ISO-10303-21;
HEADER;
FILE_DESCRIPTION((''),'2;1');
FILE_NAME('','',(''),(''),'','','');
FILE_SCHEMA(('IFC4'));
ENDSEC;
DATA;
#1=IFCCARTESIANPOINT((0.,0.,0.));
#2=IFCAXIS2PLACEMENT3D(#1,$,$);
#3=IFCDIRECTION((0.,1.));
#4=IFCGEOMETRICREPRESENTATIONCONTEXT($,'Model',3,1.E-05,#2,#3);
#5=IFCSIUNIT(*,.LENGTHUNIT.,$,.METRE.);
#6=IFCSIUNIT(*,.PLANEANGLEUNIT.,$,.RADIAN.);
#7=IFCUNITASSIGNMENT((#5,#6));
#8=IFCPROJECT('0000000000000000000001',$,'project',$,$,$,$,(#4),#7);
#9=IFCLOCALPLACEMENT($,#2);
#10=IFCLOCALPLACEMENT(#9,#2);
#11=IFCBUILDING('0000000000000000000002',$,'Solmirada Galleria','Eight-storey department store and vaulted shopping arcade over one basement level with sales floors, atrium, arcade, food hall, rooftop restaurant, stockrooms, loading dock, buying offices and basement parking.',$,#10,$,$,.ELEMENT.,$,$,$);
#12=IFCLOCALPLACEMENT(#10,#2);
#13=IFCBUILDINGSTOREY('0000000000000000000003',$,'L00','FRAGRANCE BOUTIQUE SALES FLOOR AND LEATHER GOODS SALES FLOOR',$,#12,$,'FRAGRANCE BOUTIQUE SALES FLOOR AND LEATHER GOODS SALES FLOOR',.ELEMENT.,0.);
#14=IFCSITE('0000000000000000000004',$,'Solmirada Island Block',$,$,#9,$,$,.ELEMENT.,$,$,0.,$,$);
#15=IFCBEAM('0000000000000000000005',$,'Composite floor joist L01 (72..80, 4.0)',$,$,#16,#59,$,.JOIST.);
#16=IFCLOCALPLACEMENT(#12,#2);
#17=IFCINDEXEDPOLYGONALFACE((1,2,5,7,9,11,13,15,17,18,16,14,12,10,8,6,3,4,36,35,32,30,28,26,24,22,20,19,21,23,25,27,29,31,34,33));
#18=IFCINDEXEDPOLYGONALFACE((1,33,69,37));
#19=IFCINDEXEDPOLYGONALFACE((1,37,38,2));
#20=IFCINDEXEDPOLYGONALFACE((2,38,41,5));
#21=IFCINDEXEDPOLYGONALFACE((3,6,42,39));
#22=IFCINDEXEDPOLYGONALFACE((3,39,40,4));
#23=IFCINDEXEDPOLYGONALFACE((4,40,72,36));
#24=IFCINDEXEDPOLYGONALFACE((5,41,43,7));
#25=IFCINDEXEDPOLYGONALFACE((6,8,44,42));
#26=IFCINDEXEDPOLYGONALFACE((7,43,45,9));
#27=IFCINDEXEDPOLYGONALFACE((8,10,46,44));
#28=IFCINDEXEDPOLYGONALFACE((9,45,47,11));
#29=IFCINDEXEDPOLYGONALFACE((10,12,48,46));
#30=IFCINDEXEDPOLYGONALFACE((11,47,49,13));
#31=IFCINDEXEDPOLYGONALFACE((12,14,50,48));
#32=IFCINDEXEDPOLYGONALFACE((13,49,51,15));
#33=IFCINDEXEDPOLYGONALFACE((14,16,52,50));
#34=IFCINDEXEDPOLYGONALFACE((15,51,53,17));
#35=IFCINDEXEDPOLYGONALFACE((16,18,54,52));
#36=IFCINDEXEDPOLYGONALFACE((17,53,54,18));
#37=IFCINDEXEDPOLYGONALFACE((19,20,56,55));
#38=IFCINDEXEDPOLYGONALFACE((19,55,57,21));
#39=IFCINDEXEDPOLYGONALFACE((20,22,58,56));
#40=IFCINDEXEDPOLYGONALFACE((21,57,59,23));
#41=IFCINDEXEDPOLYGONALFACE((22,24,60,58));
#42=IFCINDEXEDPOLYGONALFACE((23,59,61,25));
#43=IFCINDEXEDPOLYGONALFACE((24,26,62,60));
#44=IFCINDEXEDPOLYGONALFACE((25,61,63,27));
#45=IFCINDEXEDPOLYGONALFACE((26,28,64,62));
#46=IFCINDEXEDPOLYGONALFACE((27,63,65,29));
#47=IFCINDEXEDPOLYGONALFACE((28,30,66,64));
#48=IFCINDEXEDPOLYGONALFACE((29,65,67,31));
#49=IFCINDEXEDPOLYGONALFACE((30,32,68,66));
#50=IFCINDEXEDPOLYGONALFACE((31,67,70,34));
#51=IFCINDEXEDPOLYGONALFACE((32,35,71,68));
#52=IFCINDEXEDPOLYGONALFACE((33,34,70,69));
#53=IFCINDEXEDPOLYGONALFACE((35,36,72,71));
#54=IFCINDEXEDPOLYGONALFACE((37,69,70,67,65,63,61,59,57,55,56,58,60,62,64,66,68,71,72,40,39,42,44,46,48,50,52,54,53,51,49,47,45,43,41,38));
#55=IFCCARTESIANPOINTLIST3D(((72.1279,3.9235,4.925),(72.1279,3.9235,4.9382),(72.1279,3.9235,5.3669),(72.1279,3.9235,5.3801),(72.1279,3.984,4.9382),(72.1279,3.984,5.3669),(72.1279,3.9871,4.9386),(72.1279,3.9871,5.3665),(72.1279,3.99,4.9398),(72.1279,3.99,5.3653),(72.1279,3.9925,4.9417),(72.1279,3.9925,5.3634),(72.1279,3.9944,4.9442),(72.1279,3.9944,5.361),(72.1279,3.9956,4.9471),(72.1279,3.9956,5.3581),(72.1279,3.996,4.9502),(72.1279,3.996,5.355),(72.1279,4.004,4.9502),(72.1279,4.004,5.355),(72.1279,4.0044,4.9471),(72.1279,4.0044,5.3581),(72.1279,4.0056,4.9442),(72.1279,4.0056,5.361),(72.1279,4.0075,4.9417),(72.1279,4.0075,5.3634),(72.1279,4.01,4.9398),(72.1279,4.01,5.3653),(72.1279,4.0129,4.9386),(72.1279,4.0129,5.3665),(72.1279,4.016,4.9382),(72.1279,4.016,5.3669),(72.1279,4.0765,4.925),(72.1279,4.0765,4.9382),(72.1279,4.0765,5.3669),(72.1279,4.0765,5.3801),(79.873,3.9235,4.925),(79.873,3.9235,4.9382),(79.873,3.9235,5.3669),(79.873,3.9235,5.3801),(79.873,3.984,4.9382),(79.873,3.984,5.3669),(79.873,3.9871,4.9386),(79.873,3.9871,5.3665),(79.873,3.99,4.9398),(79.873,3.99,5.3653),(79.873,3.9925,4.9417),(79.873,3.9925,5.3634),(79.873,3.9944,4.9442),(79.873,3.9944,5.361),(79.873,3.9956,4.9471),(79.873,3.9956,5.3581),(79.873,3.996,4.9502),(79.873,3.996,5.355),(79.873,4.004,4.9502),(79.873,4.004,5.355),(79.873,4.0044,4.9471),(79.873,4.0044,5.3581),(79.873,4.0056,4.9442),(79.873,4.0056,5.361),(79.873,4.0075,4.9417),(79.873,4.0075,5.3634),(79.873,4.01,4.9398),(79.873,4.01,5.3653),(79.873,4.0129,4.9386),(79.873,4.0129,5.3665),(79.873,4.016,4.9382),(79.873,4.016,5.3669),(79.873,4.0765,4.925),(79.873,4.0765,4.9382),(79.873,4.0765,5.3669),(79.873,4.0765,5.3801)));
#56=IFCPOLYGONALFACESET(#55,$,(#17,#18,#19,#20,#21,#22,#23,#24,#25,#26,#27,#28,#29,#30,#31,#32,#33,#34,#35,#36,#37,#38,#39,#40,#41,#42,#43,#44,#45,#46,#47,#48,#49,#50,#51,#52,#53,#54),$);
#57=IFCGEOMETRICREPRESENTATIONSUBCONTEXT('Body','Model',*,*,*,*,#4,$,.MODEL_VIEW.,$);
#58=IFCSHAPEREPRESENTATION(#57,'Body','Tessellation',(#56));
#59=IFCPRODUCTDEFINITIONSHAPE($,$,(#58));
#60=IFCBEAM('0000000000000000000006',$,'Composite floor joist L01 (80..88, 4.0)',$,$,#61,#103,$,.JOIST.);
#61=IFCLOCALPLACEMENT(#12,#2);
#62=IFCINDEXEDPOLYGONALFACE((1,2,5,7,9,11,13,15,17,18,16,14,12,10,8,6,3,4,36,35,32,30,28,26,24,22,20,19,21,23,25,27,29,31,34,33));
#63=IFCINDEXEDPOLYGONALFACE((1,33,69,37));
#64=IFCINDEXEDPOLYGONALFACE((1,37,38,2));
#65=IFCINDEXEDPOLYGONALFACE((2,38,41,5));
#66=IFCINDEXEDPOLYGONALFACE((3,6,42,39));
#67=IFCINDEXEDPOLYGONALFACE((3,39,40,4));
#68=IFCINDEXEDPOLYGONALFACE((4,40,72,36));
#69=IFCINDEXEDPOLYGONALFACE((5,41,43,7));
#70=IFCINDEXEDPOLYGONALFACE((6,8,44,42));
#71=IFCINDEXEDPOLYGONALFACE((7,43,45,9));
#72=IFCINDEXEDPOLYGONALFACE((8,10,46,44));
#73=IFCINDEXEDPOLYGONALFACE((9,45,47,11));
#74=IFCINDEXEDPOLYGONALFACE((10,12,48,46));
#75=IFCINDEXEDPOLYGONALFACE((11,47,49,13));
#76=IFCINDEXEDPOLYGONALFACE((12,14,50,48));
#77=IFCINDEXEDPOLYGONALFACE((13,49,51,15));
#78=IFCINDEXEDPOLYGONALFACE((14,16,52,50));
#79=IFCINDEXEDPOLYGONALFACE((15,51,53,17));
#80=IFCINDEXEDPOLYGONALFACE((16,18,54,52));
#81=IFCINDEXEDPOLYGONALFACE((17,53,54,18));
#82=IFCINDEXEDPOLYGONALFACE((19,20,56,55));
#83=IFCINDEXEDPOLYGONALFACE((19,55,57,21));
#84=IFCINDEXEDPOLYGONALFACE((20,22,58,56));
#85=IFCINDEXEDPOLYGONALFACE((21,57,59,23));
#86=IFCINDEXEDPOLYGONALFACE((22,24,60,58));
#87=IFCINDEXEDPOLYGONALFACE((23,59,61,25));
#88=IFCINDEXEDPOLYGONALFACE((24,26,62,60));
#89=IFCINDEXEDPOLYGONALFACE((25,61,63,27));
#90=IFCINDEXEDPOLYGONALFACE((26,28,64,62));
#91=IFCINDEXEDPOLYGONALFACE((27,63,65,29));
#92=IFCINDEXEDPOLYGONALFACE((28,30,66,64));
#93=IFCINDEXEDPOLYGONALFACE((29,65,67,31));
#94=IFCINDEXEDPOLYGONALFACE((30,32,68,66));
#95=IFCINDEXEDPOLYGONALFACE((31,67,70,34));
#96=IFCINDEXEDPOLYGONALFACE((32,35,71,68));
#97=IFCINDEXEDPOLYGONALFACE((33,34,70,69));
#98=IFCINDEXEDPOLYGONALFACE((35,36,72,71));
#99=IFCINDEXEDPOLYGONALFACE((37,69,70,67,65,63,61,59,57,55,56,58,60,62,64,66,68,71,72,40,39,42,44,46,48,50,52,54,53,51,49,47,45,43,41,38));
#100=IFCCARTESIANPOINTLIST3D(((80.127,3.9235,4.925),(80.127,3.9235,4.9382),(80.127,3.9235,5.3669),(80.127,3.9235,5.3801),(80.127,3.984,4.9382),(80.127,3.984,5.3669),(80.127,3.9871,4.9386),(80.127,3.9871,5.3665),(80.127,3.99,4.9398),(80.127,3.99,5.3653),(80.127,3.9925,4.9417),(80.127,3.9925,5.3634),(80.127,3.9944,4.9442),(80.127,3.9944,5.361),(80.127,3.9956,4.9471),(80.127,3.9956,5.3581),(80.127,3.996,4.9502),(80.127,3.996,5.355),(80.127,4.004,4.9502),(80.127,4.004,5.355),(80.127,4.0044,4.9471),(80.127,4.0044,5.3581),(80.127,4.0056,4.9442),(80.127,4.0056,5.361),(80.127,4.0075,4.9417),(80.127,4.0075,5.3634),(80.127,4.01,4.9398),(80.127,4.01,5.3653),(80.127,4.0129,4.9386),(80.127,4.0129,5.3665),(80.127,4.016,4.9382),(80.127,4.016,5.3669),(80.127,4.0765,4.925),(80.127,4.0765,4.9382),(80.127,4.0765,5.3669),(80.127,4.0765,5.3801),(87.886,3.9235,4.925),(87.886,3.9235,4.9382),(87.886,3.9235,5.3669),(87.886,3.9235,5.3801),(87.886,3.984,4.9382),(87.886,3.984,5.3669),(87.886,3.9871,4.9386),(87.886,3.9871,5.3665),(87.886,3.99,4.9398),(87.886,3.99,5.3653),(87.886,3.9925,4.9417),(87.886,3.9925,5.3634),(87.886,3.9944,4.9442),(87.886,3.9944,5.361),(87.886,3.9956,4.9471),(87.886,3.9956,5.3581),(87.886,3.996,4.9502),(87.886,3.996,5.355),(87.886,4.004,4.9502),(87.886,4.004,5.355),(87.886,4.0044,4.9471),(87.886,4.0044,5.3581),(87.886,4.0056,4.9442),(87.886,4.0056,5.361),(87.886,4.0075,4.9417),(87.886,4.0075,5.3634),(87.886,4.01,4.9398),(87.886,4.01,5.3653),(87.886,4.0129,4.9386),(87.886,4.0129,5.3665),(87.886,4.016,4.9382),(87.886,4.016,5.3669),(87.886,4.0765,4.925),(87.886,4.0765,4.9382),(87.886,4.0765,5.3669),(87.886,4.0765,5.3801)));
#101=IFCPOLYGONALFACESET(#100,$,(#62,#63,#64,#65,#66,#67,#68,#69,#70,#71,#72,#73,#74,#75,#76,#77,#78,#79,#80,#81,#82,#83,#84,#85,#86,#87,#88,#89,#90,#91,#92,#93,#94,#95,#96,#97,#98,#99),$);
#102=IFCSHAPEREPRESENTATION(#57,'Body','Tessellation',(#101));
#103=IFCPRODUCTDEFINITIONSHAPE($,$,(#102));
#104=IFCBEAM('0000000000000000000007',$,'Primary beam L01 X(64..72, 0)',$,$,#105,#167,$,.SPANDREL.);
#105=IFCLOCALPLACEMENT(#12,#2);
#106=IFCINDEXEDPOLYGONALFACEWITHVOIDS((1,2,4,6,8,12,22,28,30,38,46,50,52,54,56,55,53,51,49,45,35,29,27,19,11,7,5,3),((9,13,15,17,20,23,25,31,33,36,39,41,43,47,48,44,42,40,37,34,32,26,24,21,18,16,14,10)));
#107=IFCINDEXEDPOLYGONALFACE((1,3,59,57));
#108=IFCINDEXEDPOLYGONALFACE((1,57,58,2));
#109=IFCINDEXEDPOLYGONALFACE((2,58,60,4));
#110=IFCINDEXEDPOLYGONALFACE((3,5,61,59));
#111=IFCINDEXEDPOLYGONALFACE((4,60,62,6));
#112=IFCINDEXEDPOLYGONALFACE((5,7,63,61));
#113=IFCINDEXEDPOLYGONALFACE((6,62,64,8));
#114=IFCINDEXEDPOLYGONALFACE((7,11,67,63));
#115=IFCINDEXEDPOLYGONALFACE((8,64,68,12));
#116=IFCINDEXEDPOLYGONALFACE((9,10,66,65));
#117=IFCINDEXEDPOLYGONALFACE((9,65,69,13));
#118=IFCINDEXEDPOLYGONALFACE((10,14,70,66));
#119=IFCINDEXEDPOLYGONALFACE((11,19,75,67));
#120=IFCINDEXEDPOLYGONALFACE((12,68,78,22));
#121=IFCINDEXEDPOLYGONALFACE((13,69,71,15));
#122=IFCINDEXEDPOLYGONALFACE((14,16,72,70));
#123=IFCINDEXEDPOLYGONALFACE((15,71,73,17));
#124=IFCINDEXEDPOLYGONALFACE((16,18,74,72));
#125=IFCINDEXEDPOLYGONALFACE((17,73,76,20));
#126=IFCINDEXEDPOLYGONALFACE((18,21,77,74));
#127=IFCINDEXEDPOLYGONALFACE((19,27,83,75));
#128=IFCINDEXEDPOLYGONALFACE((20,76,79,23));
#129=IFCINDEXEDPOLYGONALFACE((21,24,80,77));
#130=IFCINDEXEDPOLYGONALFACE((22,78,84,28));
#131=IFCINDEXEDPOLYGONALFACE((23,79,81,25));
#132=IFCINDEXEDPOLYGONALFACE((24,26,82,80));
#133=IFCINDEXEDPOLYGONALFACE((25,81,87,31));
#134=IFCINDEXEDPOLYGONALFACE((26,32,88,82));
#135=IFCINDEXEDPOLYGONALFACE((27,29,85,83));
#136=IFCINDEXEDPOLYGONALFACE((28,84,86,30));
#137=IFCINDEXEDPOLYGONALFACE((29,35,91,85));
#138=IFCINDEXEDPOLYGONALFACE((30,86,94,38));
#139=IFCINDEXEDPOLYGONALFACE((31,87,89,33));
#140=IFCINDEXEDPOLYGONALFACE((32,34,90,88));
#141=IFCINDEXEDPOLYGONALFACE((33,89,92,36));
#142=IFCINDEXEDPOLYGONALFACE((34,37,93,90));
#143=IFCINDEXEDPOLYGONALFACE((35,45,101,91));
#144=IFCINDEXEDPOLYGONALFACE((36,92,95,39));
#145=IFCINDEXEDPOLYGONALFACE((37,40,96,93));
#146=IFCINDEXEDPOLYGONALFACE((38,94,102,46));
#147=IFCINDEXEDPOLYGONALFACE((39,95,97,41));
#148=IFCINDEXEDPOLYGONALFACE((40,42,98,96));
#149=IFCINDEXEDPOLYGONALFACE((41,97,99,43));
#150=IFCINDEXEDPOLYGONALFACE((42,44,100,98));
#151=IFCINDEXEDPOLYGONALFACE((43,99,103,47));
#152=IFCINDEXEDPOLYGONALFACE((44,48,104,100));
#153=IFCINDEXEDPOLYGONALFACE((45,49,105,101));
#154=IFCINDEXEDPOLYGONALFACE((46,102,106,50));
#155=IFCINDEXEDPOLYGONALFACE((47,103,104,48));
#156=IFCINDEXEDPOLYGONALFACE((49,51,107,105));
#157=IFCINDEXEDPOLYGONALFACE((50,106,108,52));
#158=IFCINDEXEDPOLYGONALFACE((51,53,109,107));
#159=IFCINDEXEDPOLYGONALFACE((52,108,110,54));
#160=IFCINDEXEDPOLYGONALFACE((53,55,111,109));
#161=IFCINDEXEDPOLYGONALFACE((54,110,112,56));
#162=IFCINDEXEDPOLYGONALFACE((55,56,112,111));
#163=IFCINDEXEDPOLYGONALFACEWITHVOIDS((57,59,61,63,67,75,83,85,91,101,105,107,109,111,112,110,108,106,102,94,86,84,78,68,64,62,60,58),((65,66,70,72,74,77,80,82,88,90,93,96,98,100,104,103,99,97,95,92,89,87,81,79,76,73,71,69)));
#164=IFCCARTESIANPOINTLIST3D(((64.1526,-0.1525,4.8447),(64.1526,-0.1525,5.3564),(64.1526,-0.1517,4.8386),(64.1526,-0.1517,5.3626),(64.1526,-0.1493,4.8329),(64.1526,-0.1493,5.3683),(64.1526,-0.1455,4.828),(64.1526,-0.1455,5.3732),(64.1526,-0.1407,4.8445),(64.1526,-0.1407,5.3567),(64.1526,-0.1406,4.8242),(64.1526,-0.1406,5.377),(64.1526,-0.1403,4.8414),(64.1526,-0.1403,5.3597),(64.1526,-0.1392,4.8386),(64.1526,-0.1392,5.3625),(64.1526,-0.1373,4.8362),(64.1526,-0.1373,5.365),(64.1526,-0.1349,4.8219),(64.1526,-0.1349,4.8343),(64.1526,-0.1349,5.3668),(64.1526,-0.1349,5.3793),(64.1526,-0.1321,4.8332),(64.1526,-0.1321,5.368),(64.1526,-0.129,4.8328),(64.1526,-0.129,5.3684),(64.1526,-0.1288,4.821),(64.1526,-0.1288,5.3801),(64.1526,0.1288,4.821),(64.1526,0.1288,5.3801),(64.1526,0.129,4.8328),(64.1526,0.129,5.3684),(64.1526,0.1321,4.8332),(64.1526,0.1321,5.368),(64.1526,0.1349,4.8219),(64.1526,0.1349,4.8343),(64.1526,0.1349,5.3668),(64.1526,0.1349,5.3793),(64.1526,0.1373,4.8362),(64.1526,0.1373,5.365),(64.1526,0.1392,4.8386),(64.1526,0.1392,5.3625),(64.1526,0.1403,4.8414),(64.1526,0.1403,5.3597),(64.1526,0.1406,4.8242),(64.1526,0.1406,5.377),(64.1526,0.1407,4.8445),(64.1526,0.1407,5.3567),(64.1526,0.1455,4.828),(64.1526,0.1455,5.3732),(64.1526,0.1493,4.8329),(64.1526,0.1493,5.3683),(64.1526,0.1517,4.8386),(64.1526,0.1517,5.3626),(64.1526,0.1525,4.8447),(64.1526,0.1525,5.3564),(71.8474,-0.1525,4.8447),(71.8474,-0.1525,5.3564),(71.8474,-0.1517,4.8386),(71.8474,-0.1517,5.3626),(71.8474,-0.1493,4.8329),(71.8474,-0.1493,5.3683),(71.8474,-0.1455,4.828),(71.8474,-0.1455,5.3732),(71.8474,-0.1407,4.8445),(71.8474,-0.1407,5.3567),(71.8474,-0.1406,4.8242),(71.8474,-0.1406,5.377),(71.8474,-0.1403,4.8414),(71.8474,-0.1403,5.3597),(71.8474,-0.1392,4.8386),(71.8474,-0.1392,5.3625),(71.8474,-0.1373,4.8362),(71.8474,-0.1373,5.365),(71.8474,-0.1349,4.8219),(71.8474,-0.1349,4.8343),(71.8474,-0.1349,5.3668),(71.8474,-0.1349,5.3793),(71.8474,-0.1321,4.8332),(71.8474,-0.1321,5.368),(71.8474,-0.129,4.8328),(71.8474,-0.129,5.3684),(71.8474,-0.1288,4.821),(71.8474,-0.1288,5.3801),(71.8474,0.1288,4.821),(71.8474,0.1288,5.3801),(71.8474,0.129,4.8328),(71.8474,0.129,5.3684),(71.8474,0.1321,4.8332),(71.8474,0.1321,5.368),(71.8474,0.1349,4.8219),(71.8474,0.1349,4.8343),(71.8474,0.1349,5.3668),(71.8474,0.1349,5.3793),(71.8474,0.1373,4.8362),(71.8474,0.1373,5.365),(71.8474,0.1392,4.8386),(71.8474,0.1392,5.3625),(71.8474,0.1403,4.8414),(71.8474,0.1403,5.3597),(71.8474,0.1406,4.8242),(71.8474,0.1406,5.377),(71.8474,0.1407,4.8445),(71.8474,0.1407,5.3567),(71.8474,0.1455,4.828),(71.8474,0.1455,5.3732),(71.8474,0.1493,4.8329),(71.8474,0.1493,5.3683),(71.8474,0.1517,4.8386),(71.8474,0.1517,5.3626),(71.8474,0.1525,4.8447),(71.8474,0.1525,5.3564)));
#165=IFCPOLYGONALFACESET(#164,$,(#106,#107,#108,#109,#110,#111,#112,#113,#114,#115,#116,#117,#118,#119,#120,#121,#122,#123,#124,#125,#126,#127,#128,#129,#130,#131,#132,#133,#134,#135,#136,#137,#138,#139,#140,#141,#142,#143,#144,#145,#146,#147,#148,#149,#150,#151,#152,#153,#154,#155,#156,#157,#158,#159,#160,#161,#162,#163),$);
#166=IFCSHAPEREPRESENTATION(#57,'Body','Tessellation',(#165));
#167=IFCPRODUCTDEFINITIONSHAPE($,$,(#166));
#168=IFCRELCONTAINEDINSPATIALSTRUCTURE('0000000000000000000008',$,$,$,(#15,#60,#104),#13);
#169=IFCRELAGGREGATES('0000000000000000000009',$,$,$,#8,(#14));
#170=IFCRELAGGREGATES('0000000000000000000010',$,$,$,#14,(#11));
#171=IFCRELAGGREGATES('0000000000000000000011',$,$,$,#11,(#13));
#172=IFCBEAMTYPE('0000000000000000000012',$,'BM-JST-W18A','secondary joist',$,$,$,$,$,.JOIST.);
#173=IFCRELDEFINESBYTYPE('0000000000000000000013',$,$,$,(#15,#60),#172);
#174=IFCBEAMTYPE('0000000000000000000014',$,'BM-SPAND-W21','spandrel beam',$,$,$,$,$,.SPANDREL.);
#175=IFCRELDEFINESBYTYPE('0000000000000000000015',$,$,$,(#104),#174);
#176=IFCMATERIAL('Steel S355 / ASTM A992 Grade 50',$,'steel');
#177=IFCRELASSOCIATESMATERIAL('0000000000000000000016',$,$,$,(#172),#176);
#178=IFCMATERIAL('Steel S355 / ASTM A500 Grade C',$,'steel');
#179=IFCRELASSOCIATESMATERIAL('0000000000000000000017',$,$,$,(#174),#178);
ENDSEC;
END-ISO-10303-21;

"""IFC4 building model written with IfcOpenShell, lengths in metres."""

from ifc_helpers import new_model, si_unit, direction, frame, origin, origin_2d, place, context, subcontext, project, spatial, hollow_rectangle, i_section, extrude, material, material_profile, profile_set, type_object, element, save


model = new_model("IFC4")

# Units and contexts
model_context = context("Model", 3, precision=1e-05, world=origin(), true_north=direction((0.0, 1.0)))
body_context = subcontext(model_context, "Body", "Model", "MODEL_VIEW")
ifc_project = project(units=[si_unit("LENGTHUNIT", "METRE"), si_unit("PLANEANGLEUNIT", "RADIAN")], contexts=[model_context])

# Site, building, storey
site_placement = place(None, origin())
site = spatial("IfcSite", under=ifc_project, at=site_placement, Name="Solmirada Island Block", CompositionType="ELEMENT", RefElevation=0.0)
building_placement = place(site_placement, origin())
building = spatial("IfcBuilding", under=site, at=building_placement, Name="Solmirada Galleria", Description="Eight-storey department store and vaulted shopping arcade over one basement level with sales floors, atrium, arcade, food hall, rooftop restaurant, stockrooms, loading dock, buying offices and basement parking.", CompositionType="ELEMENT")
storey_placement = place(building_placement, origin())
storey = spatial("IfcBuildingStorey", under=building, at=storey_placement, Name="L00", Description="FRAGRANCE BOUTIQUE SALES FLOOR AND LEATHER GOODS SALES FLOOR", LongName="FRAGRANCE BOUTIQUE SALES FLOOR AND LEATHER GOODS SALES FLOOR", CompositionType="ELEMENT", Elevation=0.0)

# Shared definitions
ifc_material_1 = material(Name="Steel S355 / ASTM A500 Grade C", Category="steel")

# Beams
ifc_material_2 = material(Name="Steel S355 / ASTM A992 Grade 50", Category="steel")
ifc_material_profile_1 = material_profile(ifc_material_2, i_section(OverallWidth=0.1531, OverallDepth=0.4551, WebThickness=0.0081, FlangeThickness=0.0132, FilletRadius=0.012, at=origin_2d()), Name="W18X40")
ifc_profile_set_1 = profile_set([ifc_material_profile_1], Name="Steel S355 / ASTM A992 Grade 50")
beam_type_1 = type_object("IfcBeamType", Name="BM-JST-W18A", Description="secondary joist", PredefinedType="JOIST", material=ifc_profile_set_1)
for number, where, z_axis, x_axis, name in (
    (1, (72.1279, 4.0, 5.1526), (1.0, 0.0, 0.0), (0.0, 1.0, 0.0), "Composite floor joist L01 (72..80, 4.0)"),
):
    element("IfcBeam", number, at=place(storey_placement, frame(where, z_axis=z_axis, x_axis=x_axis)), inside=storey, type_object=beam_type_1, Name=name, PredefinedType="JOIST", context=body_context, shape_type="SweptSolid", body=[
        extrude(i_section(OverallWidth=0.1531, OverallDepth=0.4551, WebThickness=0.0081, FlangeThickness=0.0132, FilletRadius=0.012, at=origin_2d()), origin(), (0.0, 0.0, 1.0), 7.7451),
    ])
beam_1_placement = place(storey_placement, frame((80.127, 4.0, 5.1526), z_axis=(1.0, 0.0, 0.0), x_axis=(0.0, 1.0, 0.0)))
element("IfcBeam", 2, at=beam_1_placement, inside=storey, type_object=beam_type_1, Name="Composite floor joist L01 (80..88, 4.0)", PredefinedType="JOIST", context=body_context, shape_type="SweptSolid", body=[
    extrude(i_section(OverallWidth=0.1531, OverallDepth=0.4551, WebThickness=0.0081, FlangeThickness=0.0132, FilletRadius=0.012, at=origin_2d()), origin(), (0.0, 0.0, 1.0), 7.759),
])
ifc_material_profile_2 = material_profile(ifc_material_1, hollow_rectangle(XDim=0.3049, YDim=0.5591, WallThickness=0.0117, InnerFilletRadius=0.0117, OuterFilletRadius=0.0237, at=origin_2d()), Name="HSS22X12X1/2")
ifc_profile_set_2 = profile_set([ifc_material_profile_2], Name="Steel S355 / ASTM A500 Grade C")
beam_type_2 = type_object("IfcBeamType", Name="BM-SPAND-W21", Description="spandrel beam", PredefinedType="SPANDREL", material=ifc_profile_set_2)
beam_2_placement = place(storey_placement, frame((64.1526, 0.0, 5.1006), z_axis=(1.0, 0.0, 0.0), x_axis=(0.0, 1.0, 0.0)))
element("IfcBeam", 3, at=beam_2_placement, inside=storey, type_object=beam_type_2, Name="Primary beam L01 X(64..72, 0)", PredefinedType="SPANDREL", context=body_context, shape_type="SweptSolid", body=[
    extrude(hollow_rectangle(XDim=0.3049, YDim=0.5591, WallThickness=0.0117, InnerFilletRadius=0.0117, OuterFilletRadius=0.0237, at=origin_2d()), origin(), (0.0, 0.0, 1.0), 7.6948),
])

save(model, "model.ifc")
